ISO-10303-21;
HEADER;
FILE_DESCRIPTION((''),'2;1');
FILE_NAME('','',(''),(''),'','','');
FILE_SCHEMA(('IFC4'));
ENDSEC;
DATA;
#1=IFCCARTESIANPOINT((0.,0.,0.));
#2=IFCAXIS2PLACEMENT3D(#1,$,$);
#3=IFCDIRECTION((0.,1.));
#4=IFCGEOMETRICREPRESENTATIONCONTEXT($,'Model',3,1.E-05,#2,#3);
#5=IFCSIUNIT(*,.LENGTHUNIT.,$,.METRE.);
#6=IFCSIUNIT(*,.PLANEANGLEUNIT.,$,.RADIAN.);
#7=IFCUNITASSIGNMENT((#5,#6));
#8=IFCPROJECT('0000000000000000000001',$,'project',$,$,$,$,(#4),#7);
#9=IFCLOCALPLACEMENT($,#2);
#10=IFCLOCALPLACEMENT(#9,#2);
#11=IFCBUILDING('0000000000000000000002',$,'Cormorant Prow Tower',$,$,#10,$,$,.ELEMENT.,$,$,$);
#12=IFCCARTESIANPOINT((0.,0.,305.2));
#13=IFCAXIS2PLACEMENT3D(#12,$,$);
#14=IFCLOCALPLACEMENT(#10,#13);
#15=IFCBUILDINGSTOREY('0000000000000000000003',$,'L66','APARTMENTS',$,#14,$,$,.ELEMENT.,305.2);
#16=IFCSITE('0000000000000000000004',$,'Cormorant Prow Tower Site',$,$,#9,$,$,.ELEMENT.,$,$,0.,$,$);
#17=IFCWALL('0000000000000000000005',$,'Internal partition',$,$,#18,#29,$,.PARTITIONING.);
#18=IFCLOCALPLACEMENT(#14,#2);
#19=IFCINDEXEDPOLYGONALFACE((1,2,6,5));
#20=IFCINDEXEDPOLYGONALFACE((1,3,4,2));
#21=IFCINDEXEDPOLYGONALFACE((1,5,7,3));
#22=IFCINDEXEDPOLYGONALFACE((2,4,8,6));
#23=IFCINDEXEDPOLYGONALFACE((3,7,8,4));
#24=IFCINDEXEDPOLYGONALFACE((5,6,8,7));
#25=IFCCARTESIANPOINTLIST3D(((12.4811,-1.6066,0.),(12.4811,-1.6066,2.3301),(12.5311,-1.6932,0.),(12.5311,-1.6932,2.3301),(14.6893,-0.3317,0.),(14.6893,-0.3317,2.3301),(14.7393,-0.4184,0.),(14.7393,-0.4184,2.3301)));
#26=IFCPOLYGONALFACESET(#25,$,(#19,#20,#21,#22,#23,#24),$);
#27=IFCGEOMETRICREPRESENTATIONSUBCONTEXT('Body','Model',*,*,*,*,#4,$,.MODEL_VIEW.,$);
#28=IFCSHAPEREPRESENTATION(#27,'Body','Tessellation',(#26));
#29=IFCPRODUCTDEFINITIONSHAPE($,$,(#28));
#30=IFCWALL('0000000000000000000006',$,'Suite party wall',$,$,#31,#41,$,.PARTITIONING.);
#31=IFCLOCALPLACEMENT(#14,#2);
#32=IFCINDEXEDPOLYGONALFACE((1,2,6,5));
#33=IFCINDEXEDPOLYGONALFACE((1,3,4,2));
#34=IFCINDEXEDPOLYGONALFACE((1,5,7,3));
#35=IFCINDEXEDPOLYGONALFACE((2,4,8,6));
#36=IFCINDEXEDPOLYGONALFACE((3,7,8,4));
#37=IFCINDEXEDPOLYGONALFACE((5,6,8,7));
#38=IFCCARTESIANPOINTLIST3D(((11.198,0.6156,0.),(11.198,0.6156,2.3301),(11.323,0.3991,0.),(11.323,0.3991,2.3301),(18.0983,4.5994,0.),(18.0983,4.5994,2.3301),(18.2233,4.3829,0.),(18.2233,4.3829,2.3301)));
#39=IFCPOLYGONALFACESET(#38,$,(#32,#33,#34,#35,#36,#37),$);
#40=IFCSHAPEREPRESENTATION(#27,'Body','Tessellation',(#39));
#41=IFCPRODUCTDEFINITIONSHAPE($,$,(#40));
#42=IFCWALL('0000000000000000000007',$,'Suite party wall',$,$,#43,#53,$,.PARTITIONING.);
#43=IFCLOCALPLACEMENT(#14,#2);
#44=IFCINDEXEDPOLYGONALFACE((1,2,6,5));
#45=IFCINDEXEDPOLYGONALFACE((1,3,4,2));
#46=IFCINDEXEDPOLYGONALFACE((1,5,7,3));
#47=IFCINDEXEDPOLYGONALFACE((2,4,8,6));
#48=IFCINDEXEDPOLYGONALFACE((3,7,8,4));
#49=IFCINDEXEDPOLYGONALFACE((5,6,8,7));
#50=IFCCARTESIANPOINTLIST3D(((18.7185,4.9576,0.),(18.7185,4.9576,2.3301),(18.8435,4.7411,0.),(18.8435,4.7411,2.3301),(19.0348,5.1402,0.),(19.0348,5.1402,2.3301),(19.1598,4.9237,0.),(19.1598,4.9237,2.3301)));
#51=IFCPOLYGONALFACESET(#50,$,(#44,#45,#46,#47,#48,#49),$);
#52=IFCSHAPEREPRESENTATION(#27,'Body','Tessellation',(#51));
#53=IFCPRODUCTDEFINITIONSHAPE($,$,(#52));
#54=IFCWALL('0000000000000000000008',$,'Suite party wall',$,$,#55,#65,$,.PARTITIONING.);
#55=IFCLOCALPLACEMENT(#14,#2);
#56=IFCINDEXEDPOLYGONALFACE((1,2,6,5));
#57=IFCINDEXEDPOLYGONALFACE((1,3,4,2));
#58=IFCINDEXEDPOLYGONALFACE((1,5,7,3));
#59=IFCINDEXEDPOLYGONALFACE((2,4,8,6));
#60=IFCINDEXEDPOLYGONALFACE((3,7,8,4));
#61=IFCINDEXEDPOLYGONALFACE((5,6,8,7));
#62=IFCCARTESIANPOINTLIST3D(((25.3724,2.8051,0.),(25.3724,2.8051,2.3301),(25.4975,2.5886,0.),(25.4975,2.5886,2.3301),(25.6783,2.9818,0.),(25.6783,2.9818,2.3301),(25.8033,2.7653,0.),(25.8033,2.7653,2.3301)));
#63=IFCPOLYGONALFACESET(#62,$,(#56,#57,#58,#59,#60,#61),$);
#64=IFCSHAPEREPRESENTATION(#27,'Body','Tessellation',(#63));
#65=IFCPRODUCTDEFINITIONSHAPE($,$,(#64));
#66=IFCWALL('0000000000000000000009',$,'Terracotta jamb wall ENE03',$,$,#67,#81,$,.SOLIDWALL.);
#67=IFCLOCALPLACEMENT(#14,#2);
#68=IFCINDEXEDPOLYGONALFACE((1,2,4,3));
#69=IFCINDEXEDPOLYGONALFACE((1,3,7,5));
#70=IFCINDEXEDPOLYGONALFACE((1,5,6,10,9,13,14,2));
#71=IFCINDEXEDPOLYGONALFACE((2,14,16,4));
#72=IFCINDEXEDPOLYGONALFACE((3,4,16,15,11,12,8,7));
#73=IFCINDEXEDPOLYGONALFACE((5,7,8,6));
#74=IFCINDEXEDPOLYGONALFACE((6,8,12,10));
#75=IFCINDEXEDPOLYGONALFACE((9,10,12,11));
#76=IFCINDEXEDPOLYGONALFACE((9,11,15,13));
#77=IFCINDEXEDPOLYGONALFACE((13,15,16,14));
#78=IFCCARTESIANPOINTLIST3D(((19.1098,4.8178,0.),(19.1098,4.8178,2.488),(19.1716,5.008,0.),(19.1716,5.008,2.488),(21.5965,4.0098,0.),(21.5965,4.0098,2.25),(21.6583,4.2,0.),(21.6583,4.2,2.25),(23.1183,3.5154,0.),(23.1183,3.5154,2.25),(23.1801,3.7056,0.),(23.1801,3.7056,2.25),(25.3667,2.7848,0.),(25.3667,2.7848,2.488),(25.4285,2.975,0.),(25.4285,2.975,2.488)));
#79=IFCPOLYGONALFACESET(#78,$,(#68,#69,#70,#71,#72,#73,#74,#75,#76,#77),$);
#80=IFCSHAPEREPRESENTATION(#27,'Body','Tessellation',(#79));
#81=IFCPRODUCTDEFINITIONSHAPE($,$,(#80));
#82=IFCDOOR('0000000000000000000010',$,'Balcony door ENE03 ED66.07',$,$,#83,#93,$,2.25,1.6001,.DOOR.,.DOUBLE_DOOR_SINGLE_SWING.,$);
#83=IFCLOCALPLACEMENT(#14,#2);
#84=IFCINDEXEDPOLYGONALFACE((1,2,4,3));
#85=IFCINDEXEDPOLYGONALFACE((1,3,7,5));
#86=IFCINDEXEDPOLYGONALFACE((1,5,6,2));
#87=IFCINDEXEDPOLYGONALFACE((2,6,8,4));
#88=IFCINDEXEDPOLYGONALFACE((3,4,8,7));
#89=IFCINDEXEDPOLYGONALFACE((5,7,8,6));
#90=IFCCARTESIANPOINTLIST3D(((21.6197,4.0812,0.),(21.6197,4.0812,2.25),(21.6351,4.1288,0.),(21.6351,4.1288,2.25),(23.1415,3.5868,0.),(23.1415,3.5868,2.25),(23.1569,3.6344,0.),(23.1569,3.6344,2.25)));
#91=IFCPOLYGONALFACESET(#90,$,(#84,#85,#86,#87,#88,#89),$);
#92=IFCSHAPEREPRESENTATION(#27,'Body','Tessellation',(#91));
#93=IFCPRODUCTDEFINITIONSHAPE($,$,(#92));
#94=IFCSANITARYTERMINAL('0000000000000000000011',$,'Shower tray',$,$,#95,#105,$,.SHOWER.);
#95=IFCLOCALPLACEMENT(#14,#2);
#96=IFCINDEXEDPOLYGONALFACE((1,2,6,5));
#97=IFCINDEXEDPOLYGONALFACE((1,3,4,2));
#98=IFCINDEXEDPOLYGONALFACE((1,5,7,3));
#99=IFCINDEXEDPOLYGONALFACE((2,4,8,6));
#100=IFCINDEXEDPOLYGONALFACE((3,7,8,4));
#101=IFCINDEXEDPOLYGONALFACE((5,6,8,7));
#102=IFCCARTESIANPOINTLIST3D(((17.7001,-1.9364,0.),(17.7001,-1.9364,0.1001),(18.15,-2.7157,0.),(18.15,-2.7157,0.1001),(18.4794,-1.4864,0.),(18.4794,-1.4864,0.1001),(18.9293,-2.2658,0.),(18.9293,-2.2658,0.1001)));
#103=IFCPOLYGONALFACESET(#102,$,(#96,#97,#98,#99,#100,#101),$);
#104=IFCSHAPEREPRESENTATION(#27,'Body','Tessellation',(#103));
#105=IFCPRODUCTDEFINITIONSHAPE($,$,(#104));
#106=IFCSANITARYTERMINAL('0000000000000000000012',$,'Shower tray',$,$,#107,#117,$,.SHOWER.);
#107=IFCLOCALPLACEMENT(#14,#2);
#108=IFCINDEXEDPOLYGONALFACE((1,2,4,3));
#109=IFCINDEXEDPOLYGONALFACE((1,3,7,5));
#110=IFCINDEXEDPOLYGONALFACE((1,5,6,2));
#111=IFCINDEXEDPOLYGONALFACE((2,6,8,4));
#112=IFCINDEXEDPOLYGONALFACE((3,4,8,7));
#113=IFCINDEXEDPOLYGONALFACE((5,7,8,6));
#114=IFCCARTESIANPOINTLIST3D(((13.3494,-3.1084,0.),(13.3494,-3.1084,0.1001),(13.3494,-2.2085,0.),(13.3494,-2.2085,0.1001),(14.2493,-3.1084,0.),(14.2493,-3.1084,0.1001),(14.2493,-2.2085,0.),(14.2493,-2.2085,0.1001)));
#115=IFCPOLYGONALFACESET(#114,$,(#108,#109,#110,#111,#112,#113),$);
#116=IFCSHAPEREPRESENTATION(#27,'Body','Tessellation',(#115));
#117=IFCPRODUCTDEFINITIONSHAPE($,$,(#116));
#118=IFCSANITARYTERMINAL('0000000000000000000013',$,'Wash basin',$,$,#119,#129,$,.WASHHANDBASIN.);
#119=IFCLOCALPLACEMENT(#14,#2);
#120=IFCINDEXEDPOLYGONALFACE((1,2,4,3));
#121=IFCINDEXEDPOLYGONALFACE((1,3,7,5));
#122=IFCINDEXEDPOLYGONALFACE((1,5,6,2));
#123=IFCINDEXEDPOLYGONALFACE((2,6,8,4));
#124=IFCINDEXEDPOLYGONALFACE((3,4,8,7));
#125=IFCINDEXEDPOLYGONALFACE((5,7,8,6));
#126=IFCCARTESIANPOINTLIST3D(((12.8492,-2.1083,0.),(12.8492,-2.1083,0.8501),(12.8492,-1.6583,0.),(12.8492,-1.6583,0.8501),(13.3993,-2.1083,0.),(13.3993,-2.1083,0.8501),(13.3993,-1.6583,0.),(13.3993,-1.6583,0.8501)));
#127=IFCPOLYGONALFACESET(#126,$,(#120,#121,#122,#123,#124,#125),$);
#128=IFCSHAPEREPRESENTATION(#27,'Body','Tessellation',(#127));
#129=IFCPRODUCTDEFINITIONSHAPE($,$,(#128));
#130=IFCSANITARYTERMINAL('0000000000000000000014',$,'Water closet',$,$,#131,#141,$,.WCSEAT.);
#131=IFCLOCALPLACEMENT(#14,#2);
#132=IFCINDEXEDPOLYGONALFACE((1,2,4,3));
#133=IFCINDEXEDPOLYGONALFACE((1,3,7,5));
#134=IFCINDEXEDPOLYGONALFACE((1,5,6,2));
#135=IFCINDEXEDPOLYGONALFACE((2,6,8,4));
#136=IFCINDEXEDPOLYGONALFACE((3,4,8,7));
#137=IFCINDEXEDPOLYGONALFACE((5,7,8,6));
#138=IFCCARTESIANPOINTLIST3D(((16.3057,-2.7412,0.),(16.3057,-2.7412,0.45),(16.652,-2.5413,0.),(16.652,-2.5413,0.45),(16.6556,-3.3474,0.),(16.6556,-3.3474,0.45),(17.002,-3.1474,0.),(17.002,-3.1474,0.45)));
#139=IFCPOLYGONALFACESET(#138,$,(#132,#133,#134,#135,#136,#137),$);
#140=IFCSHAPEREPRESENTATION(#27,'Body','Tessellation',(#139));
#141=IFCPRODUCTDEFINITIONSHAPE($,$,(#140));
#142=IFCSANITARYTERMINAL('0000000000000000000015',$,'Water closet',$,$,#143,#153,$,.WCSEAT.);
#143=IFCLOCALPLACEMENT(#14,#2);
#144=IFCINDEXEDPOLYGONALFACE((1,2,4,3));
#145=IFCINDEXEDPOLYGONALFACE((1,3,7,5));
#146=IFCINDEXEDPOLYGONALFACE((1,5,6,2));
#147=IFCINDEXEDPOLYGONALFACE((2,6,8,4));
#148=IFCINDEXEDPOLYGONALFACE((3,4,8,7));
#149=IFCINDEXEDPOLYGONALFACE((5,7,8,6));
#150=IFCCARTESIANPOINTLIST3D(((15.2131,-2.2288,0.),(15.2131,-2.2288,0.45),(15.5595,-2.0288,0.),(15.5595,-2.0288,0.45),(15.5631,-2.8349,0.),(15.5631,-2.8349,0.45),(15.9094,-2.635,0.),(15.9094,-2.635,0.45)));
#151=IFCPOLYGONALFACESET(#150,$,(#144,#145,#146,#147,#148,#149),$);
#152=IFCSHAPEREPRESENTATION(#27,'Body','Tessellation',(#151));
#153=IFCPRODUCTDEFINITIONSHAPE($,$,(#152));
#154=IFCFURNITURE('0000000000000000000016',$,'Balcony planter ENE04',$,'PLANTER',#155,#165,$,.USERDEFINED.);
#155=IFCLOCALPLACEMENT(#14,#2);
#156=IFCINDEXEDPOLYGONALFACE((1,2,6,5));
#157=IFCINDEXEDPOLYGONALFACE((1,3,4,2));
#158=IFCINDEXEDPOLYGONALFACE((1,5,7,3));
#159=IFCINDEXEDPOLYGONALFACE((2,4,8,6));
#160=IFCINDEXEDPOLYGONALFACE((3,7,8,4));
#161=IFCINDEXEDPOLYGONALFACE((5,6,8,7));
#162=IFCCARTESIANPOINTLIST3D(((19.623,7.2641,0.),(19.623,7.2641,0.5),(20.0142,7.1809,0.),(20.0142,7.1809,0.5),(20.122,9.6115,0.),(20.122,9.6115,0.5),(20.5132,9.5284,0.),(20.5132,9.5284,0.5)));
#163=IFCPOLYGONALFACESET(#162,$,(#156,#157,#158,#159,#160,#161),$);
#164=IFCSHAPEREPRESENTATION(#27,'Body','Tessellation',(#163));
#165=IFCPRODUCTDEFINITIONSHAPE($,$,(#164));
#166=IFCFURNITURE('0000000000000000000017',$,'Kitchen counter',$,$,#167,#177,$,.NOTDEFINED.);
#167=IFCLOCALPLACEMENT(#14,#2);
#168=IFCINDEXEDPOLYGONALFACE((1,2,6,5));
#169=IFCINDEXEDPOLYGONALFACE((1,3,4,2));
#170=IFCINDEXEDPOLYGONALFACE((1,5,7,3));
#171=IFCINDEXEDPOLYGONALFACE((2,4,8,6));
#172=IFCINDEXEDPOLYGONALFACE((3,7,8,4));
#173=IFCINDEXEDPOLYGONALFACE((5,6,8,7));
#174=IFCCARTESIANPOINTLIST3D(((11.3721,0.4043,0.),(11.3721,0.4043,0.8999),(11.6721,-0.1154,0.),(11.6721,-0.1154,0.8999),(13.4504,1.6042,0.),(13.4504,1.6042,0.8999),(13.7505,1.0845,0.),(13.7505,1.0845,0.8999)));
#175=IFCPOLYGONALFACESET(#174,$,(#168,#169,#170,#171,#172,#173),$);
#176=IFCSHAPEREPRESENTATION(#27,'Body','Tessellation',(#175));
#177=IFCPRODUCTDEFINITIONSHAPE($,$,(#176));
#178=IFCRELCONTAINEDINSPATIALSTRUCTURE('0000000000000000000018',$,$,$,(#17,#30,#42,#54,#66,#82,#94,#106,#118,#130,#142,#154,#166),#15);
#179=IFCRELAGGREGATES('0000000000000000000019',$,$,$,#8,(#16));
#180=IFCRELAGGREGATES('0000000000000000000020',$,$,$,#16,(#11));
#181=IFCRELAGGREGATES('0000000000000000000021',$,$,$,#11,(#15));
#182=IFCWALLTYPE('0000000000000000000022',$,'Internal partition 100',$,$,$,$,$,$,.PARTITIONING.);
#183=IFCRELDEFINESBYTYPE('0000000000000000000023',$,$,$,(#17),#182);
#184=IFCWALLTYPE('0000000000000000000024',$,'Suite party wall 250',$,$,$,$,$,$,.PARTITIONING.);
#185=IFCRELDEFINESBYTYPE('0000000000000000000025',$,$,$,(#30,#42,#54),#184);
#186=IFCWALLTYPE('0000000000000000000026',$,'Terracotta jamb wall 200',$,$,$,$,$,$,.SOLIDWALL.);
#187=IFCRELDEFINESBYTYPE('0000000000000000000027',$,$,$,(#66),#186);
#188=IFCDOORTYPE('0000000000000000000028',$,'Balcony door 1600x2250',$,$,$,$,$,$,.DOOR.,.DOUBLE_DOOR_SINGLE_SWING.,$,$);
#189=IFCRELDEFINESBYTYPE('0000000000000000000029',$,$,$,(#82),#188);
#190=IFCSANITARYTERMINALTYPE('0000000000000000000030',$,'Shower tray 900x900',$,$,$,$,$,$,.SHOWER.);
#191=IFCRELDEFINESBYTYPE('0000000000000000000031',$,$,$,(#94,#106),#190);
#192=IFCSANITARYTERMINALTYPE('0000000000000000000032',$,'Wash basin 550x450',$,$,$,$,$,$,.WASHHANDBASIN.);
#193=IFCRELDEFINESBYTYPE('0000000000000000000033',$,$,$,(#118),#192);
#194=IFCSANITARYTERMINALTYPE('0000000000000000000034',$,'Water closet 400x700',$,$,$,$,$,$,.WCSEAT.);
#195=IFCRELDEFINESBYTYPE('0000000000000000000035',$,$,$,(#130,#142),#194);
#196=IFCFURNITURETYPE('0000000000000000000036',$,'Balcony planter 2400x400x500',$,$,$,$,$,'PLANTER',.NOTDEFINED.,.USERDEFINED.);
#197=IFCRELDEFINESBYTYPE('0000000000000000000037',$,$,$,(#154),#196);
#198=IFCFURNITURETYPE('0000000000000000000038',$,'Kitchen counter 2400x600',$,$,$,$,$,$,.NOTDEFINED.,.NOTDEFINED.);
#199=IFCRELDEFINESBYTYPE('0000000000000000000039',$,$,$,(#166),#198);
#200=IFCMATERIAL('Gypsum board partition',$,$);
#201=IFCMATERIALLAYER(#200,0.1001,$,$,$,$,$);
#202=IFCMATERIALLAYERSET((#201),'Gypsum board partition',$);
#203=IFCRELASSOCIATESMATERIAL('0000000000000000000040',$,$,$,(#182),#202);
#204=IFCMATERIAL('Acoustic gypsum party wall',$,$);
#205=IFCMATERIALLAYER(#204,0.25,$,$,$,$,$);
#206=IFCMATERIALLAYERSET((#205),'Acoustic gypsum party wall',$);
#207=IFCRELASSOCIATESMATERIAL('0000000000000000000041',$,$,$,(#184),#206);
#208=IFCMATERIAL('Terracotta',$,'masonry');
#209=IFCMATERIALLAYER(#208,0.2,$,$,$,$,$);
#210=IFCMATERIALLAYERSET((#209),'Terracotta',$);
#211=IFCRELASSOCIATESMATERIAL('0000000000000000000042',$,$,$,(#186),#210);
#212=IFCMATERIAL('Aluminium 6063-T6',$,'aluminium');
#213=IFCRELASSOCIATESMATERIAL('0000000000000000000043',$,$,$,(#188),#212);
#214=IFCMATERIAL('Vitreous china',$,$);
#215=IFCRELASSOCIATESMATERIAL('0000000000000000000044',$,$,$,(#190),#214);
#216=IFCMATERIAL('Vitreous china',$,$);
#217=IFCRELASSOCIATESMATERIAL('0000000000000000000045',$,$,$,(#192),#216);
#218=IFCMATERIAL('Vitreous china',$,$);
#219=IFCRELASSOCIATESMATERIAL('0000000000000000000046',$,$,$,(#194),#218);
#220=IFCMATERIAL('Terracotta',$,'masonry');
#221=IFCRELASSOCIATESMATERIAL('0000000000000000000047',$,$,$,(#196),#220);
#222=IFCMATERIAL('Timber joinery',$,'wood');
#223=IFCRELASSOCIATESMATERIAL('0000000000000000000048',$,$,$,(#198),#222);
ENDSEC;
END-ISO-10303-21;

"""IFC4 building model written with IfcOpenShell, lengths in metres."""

from ifc_helpers import new_model, si_unit, direction, frame, frame_2d, origin, origin_2d, place, context, subcontext, project, spatial, rectangle, extrude, material, layer, layer_set, type_object, element, fill, save


model = new_model("IFC4")

# Units and contexts
model_context = context("Model", 3, precision=1e-05, world=origin(), true_north=direction((0.0, 1.0)))
body_context = subcontext(model_context, "Body", "Model", "MODEL_VIEW")
ifc_project = project(units=[si_unit("LENGTHUNIT", "METRE"), si_unit("PLANEANGLEUNIT", "RADIAN")], contexts=[model_context])

# Site, building, storey
site_placement = place(None, origin())
site = spatial("IfcSite", under=ifc_project, at=site_placement, Name="Cormorant Prow Tower Site", CompositionType="ELEMENT", RefElevation=0.0)
building_placement = place(site_placement, origin())
building = spatial("IfcBuilding", under=site, at=building_placement, Name="Cormorant Prow Tower", CompositionType="ELEMENT")
storey_placement = place(building_placement, frame((0.0, 0.0, 305.2)))
storey = spatial("IfcBuildingStorey", under=building, at=storey_placement, Name="L66", Description="APARTMENTS", CompositionType="ELEMENT", Elevation=305.2)

# Shared definitions
ifc_material_1 = material(Name="Gypsum board partition")
ifc_layer_1 = layer(ifc_material_1, 0.1001)
ifc_layer_set_1 = layer_set([ifc_layer_1], Name="Gypsum board partition")
wall_type_1 = type_object("IfcWallType", Name="Internal partition 100", PredefinedType="PARTITIONING", material=ifc_layer_set_1)

# Walls
wall_1_placement = place(storey_placement, frame((12.5061, -1.6499, 0.0), z_axis=(0.0, 0.0, 1.0), x_axis=(0.866031, 0.49999, 0.0)))
element("IfcWall", 1, at=wall_1_placement, inside=storey, type_object=wall_type_1, Name="Internal partition", PredefinedType="PARTITIONING", context=body_context, shape_type="SweptSolid", body=[
    extrude(rectangle(XDim=2.5498, YDim=0.1001, at=frame_2d((1.2749, 0.0))), origin(), (0.0, 0.0, 1.0), 2.3301),
])
ifc_material_2 = material(Name="Acoustic gypsum party wall")
ifc_layer_2 = layer(ifc_material_2, 0.25)
ifc_layer_set_2 = layer_set([ifc_layer_2], Name="Acoustic gypsum party wall")
wall_type_2 = type_object("IfcWallType", Name="Suite party wall 250", PredefinedType="PARTITIONING", material=ifc_layer_set_2)
wall_2_placement = place(storey_placement, frame((11.2605, 0.5073, 0.0), z_axis=(0.0, 0.0, 1.0), x_axis=(0.866028, 0.499995, 0.0)))
element("IfcWall", 2, at=wall_2_placement, inside=storey, type_object=wall_type_2, Name="Suite party wall", PredefinedType="PARTITIONING", context=body_context, shape_type="SweptSolid", body=[
    extrude(rectangle(XDim=7.9678, YDim=0.25, at=frame_2d((3.9839, 0.0))), origin(), (0.0, 0.0, 1.0), 2.3301),
])
wall_3_placement = place(storey_placement, frame((18.781, 4.8494, 0.0), z_axis=(0.0, 0.0, 1.0), x_axis=(0.866097, 0.499877, 0.0)))
element("IfcWall", 3, at=wall_3_placement, inside=storey, type_object=wall_type_2, Name="Suite party wall", PredefinedType="PARTITIONING", context=body_context, shape_type="SweptSolid", body=[
    extrude(rectangle(XDim=0.3652, YDim=0.25, at=frame_2d((0.1826, 0.0))), origin(), (0.0, 0.0, 1.0), 2.3301),
])
wall_4_placement = place(storey_placement, frame((25.4348, 2.6968, 0.0), z_axis=(0.0, 0.0, 1.0), x_axis=(0.865852, 0.500301, 0.0)))
element("IfcWall", 4, at=wall_4_placement, inside=storey, type_object=wall_type_2, Name="Suite party wall", PredefinedType="PARTITIONING", context=body_context, shape_type="SweptSolid", body=[
    extrude(rectangle(XDim=0.3533, YDim=0.25, at=frame_2d((0.1768, 0.0))), origin(), (0.0, 0.0, 1.0), 2.3301),
])

# Wall, opening, door
ifc_material_3 = material(Name="Terracotta", Category="masonry")
ifc_layer_3 = layer(ifc_material_3, 0.2)
ifc_layer_set_3 = layer_set([ifc_layer_3], Name="Terracotta")
wall_type_3 = type_object("IfcWallType", Name="Terracotta jamb wall 200", PredefinedType="SOLIDWALL", material=ifc_layer_set_3)
wall_5_placement = place(storey_placement, frame((25.3977, 2.8799, 0.0), z_axis=(0.0, 0.0, 1.0), x_axis=(-0.951057, 0.309016, 0.0)))
wall_5 = element("IfcWall", 5, at=wall_5_placement, inside=storey, type_object=wall_type_3, Name="Terracotta jamb wall ENE03", PredefinedType="SOLIDWALL", context=body_context, shape_type="SweptSolid", body=[
    extrude(rectangle(XDim=6.5789, YDim=0.2, at=frame_2d((3.2896, 0.0))), origin(), (0.0, 0.0, 1.0), 2.488),
])
opening_1_placement = place(wall_5_placement, frame((2.3643, 0.0, 0.0)))
opening_1 = element("IfcOpeningElement", 6, at=opening_1_placement, cuts=wall_5, PredefinedType="OPENING", context=body_context, shape_type="SweptSolid", body=[
    extrude(rectangle(XDim=1.6001, YDim=2.25, at=frame_2d((0.8, 1.125))), frame((0.0, 0.1099, 0.0), z_axis=(0.0, -1.0, 0.0), x_axis=(1.0, 0.0, 0.0)), (0.0, 0.0, 1.0), 0.22),
])
ifc_material_4 = material(Name="Aluminium 6063-T6", Category="aluminium")
door_type_1 = type_object("IfcDoorType", Name="Balcony door 1600x2250", OperationType="DOUBLE_DOOR_SINGLE_SWING", PredefinedType="DOOR", material=ifc_material_4)
door_1_placement = place(opening_1_placement, origin())
door_1 = element("IfcDoor", 7, at=door_1_placement, inside=storey, type_object=door_type_1, Name="Balcony door ENE03 ED66.07", OperationType="DOUBLE_DOOR_SINGLE_SWING", OverallHeight=2.25, OverallWidth=1.6001, PredefinedType="DOOR", context=body_context, shape_type="SweptSolid", body=[
    extrude(rectangle(XDim=1.6001, YDim=2.25, at=frame_2d((0.8, 1.125))), frame((0.0, 0.0249, 0.0), z_axis=(0.0, -1.0, 0.0), x_axis=(1.0, 0.0, 0.0)), (0.0, 0.0, 1.0), 0.05),
])
fill(opening_1, door_1)

# Sanitary terminals
ifc_material_5 = material(Name="Vitreous china")
sanitary_terminal_type_1 = type_object("IfcSanitaryTerminalType", Name="Shower tray 900x900", PredefinedType="SHOWER", material=ifc_material_5)
for number, where, z_axis, x_axis, name in (
    (8, (18.3147, -2.1011, 0.0), (0.0, 0.0, 1.0), (0.5, -0.866025, 0.0), "Shower tray"),
    (9, (13.7993, -2.6584, 0.0), (0.0, 0.0, 1.0), (1.0, 0.0, 0.0), "Shower tray"),
):
    element("IfcSanitaryTerminal", number, at=place(storey_placement, frame(where, z_axis=z_axis, x_axis=x_axis)), inside=storey, type_object=sanitary_terminal_type_1, Name=name, PredefinedType="SHOWER", context=body_context, shape_type="SweptSolid", body=[
        extrude(rectangle(XDim=0.8999, YDim=0.8999, at=origin_2d()), origin(), (0.0, 0.0, 1.0), 0.1001),
    ])
ifc_material_6 = material(Name="Vitreous china")
sanitary_terminal_type_2 = type_object("IfcSanitaryTerminalType", Name="Wash basin 550x450", PredefinedType="WASHHANDBASIN", material=ifc_material_6)
sanitary_terminal_placement = place(storey_placement, frame((13.1243, -1.8833, 0.0), z_axis=(0.0, 0.0, 1.0), x_axis=(1.0, 0.0, 0.0)))
element("IfcSanitaryTerminal", 10, at=sanitary_terminal_placement, inside=storey, type_object=sanitary_terminal_type_2, Name="Wash basin", PredefinedType="WASHHANDBASIN", context=body_context, shape_type="SweptSolid", body=[
    extrude(rectangle(XDim=0.55, YDim=0.45, at=origin_2d()), origin(), (0.0, 0.0, 1.0), 0.8501),
])
ifc_material_7 = material(Name="Vitreous china")
sanitary_terminal_type_3 = type_object("IfcSanitaryTerminalType", Name="Water closet 400x700", PredefinedType="WCSEAT", material=ifc_material_7)
for number, where, z_axis, x_axis, name in (
    (11, (16.6538, -2.9443, 0.0), (0.0, 0.0, 1.0), (0.866025, 0.5, 0.0), "Water closet"),
    (12, (15.5613, -2.4319, 0.0), (0.0, 0.0, 1.0), (-0.866025, -0.5, 0.0), "Water closet"),
):
    element("IfcSanitaryTerminal", number, at=place(storey_placement, frame(where, z_axis=z_axis, x_axis=x_axis)), inside=storey, type_object=sanitary_terminal_type_3, Name=name, PredefinedType="WCSEAT", context=body_context, shape_type="SweptSolid", body=[
        extrude(rectangle(XDim=0.3999, YDim=0.7, at=origin_2d()), origin(), (0.0, 0.0, 1.0), 0.45),
    ])

# Furniture
ifc_material_8 = material(Name="Terracotta", Category="masonry")
furniture_type_1 = type_object("IfcFurnitureType", Name="Balcony planter 2400x400x500", ElementType="PLANTER", AssemblyPlace="NOTDEFINED", PredefinedType="USERDEFINED", material=ifc_material_8)
furniture_1_placement = place(storey_placement, frame((20.0681, 8.3962, 0.0), z_axis=(0.0, 0.0, 1.0), x_axis=(0.207912, 0.978148, 0.0)))
element("IfcFurniture", 13, at=furniture_1_placement, inside=storey, type_object=furniture_type_1, Name="Balcony planter ENE04", ObjectType="PLANTER", PredefinedType="USERDEFINED", context=body_context, shape_type="SweptSolid", body=[
    extrude(rectangle(XDim=2.3999, YDim=0.3999, at=origin_2d()), origin(), (0.0, 0.0, 1.0), 0.5),
])
ifc_material_9 = material(Name="Timber joinery", Category="wood")
furniture_type_2 = type_object("IfcFurnitureType", Name="Kitchen counter 2400x600", AssemblyPlace="NOTDEFINED", PredefinedType="NOTDEFINED", material=ifc_material_9)
furniture_2_placement = place(storey_placement, frame((12.5613, 0.7444, 0.0), z_axis=(0.0, 0.0, 1.0), x_axis=(0.866025, 0.5, 0.0)))
element("IfcFurniture", 14, at=furniture_2_placement, inside=storey, type_object=furniture_type_2, Name="Kitchen counter", PredefinedType="NOTDEFINED", context=body_context, shape_type="SweptSolid", body=[
    extrude(rectangle(XDim=2.3999, YDim=0.6001, at=origin_2d()), origin(), (0.0, 0.0, 1.0), 0.8999),
])

save(model, "model.ifc")
